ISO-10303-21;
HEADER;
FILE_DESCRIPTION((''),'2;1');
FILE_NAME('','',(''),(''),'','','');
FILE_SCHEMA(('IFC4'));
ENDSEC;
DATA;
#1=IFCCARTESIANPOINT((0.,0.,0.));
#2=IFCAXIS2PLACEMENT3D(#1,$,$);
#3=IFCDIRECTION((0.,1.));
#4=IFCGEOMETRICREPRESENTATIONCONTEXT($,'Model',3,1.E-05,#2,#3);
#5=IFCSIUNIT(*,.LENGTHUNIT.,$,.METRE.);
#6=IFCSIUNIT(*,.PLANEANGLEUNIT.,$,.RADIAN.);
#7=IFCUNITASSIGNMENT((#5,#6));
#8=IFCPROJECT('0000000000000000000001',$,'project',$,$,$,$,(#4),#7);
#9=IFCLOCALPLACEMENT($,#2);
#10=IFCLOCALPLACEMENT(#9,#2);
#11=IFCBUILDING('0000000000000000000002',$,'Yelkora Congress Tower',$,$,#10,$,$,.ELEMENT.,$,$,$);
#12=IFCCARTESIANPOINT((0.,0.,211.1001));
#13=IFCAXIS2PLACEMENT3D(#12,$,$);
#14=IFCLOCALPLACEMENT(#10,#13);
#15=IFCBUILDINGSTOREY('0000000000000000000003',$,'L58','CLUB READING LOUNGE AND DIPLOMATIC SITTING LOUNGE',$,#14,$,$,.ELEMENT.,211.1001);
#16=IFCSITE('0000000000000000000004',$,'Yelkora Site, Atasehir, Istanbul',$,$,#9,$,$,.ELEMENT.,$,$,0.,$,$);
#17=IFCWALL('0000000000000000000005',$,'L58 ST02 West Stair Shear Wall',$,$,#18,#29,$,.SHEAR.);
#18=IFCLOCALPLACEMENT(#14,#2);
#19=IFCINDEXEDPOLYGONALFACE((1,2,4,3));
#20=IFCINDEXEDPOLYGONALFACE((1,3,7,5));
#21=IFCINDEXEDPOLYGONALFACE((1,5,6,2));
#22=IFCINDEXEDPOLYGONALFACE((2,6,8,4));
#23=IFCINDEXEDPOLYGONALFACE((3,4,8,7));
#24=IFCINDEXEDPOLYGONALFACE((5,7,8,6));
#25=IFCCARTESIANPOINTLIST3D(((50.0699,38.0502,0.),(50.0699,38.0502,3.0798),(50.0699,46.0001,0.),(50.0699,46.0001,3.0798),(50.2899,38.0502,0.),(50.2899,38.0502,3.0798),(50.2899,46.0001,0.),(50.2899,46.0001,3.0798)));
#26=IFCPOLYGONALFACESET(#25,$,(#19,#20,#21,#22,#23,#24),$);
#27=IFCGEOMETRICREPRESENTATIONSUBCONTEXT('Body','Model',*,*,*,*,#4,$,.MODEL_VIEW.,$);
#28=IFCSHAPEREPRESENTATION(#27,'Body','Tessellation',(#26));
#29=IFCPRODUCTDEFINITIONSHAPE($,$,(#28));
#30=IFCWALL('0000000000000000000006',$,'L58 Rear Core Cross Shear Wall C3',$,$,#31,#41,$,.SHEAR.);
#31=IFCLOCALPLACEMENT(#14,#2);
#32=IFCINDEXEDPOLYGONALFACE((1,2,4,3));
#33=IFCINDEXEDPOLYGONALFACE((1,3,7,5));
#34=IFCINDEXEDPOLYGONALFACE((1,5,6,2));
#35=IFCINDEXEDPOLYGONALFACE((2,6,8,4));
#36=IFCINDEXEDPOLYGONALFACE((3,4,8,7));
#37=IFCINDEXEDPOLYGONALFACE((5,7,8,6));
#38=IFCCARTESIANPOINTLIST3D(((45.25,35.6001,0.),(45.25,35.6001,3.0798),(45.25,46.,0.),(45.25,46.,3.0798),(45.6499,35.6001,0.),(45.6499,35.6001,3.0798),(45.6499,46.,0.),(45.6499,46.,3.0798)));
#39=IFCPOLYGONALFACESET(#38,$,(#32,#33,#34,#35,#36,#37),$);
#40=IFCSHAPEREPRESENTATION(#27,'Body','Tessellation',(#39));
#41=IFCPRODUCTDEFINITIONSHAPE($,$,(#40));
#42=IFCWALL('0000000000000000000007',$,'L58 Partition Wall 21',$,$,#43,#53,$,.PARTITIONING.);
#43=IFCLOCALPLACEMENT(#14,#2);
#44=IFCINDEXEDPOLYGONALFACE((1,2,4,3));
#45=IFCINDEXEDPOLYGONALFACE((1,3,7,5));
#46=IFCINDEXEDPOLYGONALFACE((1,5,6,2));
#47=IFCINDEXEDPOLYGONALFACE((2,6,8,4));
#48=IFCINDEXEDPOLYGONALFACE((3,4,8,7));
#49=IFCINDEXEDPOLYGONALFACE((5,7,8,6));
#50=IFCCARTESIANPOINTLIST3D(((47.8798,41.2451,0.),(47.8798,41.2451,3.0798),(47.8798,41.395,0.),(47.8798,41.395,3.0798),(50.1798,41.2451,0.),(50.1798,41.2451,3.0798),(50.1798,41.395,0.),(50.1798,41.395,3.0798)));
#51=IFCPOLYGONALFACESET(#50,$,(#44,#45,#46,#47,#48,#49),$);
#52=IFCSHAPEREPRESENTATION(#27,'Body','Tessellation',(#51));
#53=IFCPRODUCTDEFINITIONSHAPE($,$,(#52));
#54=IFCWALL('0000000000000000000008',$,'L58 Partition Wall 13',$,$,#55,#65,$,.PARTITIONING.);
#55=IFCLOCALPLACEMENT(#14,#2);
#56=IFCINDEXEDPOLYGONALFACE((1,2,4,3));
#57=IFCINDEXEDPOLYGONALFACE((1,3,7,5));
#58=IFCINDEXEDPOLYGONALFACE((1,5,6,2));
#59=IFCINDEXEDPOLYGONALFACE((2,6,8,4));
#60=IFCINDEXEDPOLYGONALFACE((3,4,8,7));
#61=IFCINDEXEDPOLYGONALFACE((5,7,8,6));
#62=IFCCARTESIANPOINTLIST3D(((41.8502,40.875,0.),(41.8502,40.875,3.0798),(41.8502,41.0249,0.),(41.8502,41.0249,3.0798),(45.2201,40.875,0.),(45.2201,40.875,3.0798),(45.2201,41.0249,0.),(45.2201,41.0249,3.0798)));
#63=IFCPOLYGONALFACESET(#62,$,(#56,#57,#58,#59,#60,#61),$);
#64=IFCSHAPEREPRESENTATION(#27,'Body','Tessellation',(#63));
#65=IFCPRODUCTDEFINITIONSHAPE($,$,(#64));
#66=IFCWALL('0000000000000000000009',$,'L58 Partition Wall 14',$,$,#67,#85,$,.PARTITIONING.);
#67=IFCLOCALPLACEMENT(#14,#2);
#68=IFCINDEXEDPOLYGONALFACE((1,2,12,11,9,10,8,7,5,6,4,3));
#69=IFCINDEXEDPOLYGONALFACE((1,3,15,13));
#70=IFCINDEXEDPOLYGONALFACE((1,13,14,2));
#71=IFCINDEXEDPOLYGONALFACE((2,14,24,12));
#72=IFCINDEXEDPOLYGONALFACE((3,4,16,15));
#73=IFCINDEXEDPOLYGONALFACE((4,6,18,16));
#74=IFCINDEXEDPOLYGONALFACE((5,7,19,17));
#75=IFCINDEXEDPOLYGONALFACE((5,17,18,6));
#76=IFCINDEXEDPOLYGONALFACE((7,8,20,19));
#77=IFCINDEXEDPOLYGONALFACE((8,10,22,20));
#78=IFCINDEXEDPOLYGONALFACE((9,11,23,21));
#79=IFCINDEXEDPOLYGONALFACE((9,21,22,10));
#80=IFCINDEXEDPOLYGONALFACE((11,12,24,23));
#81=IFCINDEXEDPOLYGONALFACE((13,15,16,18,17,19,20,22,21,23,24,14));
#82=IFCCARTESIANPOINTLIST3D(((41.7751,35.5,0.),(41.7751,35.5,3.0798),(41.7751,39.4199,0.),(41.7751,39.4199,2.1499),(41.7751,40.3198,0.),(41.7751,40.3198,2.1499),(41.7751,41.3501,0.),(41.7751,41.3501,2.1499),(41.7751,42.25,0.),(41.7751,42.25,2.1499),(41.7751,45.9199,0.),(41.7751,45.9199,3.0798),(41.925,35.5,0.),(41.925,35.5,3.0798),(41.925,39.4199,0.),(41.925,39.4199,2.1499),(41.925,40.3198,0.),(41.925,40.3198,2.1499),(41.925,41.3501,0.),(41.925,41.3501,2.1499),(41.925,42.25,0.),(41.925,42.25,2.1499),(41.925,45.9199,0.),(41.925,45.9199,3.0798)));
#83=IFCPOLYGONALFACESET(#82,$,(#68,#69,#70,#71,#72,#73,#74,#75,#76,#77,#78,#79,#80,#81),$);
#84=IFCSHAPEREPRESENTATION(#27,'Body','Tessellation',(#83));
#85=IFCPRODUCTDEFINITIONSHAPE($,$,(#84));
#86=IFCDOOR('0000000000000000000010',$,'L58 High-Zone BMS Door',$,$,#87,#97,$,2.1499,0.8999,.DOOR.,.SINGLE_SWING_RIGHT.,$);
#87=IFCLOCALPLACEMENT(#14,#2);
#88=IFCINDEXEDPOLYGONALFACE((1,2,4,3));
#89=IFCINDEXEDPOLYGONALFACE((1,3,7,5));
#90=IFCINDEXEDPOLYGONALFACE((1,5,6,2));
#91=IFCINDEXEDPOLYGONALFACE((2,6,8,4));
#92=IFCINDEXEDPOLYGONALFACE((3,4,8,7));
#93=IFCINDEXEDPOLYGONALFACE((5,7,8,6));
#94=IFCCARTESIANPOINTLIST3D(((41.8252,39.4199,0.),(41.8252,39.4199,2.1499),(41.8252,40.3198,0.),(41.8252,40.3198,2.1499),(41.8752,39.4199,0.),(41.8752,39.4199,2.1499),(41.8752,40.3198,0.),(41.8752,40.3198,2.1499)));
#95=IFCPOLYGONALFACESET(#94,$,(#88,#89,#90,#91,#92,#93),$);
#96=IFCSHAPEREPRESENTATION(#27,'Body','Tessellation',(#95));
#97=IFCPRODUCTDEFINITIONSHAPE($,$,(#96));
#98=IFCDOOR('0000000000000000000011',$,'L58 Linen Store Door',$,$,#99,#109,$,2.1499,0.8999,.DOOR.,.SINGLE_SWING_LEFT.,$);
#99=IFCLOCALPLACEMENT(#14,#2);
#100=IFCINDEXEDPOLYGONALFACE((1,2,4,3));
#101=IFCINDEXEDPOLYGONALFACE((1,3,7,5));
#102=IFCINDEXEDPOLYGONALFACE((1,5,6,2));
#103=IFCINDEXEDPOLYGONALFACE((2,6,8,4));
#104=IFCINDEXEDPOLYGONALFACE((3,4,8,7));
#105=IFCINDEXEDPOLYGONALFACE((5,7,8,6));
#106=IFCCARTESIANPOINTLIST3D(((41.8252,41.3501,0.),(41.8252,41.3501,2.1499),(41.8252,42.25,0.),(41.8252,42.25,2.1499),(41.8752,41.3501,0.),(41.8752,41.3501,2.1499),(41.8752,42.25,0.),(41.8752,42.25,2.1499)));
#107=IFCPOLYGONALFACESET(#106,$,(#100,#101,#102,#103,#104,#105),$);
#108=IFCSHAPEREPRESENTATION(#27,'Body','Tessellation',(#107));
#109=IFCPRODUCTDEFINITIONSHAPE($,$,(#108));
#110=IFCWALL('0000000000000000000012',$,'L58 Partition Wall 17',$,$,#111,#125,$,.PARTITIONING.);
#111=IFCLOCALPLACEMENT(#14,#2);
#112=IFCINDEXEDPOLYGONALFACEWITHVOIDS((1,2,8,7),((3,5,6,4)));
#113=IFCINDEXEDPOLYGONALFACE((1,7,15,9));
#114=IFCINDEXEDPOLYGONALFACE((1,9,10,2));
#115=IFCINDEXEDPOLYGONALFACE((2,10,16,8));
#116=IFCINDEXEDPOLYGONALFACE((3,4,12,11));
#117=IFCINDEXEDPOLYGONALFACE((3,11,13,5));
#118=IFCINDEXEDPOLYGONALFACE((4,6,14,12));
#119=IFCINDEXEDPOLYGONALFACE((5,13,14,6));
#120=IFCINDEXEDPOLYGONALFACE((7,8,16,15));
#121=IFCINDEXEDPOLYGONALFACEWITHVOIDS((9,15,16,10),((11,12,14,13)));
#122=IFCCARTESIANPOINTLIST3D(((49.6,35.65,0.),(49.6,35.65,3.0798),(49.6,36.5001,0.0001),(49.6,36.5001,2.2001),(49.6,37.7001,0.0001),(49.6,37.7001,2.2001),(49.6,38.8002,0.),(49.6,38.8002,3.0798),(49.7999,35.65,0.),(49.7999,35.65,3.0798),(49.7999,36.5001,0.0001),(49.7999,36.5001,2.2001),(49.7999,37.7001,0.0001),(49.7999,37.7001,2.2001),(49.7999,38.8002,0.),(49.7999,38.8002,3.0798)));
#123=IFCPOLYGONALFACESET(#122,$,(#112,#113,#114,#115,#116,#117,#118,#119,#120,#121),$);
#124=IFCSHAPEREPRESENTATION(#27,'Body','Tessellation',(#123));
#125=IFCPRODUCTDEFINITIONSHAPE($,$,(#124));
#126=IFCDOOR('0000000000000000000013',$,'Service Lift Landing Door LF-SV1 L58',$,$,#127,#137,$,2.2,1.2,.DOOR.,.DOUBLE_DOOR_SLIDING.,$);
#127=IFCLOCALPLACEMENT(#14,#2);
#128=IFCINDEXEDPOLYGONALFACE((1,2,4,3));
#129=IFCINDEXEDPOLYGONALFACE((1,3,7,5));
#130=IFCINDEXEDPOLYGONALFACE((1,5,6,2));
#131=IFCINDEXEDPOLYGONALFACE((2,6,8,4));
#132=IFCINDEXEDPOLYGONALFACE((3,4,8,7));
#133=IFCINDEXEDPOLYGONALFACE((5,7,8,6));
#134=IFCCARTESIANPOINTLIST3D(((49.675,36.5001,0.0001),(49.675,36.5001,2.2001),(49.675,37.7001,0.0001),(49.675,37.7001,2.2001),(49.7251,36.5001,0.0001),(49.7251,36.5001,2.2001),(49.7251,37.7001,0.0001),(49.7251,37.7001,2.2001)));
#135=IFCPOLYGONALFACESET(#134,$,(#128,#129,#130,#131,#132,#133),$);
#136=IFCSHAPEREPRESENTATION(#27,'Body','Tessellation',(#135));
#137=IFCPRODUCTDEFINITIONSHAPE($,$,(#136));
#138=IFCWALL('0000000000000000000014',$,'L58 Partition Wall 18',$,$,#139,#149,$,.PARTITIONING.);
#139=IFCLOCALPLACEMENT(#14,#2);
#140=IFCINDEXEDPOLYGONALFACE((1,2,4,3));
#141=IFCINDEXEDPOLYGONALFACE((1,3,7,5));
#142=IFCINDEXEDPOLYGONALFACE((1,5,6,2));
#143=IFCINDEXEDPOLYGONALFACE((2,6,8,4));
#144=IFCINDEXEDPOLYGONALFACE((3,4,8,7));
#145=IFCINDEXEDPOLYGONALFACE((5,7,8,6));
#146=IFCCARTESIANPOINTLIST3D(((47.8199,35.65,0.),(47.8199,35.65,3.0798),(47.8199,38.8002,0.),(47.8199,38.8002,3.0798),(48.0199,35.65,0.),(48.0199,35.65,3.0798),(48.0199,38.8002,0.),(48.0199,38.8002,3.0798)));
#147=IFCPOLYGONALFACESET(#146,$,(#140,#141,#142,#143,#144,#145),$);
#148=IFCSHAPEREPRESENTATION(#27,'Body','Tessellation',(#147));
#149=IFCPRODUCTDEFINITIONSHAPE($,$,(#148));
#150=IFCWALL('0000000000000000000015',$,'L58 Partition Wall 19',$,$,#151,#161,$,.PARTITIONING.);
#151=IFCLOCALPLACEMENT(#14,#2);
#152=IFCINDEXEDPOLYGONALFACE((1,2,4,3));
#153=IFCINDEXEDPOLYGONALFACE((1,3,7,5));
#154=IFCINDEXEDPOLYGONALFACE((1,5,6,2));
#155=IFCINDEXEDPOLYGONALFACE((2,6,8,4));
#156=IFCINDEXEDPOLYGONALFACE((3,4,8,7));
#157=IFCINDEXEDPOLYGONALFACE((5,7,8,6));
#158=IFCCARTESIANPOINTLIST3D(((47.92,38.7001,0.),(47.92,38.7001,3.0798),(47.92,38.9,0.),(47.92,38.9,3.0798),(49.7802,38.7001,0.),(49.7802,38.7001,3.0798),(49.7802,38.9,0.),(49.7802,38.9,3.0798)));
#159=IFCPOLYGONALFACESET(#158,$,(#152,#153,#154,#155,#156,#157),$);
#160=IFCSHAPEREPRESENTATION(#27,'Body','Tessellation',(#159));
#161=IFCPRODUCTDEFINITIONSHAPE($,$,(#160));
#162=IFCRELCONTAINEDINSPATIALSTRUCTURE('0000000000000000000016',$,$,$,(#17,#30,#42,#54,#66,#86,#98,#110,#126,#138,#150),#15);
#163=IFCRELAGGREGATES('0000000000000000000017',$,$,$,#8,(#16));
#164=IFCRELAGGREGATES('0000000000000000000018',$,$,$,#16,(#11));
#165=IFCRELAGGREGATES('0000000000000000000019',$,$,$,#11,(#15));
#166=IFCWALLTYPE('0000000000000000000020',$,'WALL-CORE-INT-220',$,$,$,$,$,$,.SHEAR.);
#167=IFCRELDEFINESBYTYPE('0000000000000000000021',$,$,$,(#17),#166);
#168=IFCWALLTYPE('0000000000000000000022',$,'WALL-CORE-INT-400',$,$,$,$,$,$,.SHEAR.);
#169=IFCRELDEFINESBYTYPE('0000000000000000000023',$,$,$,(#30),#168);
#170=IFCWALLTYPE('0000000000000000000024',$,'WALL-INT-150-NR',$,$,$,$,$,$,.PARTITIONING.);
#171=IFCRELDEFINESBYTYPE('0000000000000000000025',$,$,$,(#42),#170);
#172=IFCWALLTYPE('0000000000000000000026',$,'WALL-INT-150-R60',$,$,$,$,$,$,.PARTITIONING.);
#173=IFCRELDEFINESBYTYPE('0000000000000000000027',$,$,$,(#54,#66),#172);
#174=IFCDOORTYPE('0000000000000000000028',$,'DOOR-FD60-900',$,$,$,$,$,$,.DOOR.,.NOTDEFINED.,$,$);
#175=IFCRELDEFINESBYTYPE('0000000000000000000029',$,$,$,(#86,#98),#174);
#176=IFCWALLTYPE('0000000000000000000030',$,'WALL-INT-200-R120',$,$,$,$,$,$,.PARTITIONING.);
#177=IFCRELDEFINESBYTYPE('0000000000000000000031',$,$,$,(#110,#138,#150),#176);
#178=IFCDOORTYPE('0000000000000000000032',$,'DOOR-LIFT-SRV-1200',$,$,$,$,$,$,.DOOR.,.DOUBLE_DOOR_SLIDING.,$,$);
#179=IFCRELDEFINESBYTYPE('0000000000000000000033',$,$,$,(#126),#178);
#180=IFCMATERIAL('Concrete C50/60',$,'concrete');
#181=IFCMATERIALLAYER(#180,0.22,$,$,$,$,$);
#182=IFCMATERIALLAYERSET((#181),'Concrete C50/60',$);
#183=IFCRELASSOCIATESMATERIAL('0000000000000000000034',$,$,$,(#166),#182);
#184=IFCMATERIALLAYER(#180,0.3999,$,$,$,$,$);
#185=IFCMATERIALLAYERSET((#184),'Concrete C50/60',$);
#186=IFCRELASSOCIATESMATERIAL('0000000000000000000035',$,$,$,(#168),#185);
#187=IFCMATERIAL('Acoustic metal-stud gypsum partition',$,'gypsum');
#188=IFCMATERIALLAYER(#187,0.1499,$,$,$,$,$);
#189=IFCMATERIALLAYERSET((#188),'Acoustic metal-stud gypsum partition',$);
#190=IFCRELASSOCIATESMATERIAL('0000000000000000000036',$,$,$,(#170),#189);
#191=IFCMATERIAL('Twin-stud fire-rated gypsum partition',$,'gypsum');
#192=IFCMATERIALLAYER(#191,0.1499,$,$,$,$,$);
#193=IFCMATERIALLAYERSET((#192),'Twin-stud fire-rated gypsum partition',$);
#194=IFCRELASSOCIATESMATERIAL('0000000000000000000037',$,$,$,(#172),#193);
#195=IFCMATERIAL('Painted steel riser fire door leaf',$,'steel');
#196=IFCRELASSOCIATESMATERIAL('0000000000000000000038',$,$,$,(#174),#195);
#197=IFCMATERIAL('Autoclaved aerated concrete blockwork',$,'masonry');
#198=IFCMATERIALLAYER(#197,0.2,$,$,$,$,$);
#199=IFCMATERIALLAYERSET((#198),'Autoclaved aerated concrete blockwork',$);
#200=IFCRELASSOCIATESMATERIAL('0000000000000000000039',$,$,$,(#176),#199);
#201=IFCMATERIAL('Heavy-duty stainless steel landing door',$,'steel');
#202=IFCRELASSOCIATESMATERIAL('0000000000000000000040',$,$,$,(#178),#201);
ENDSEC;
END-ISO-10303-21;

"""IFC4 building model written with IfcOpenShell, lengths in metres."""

from ifc_helpers import new_model, si_unit, direction, frame, frame_2d, origin, place, context, subcontext, project, spatial, rectangle, extrude, material, layer, layer_set, type_object, element, fill, save


model = new_model("IFC4")

# Units and contexts
model_context = context("Model", 3, precision=1e-05, world=origin(), true_north=direction((0.0, 1.0)))
body_context = subcontext(model_context, "Body", "Model", "MODEL_VIEW")
ifc_project = project(units=[si_unit("LENGTHUNIT", "METRE"), si_unit("PLANEANGLEUNIT", "RADIAN")], contexts=[model_context])

# Site, building, storey
site_placement = place(None, origin())
site = spatial("IfcSite", under=ifc_project, at=site_placement, Name="Yelkora Site, Atasehir, Istanbul", CompositionType="ELEMENT", RefElevation=0.0)
building_placement = place(site_placement, origin())
building = spatial("IfcBuilding", under=site, at=building_placement, Name="Yelkora Congress Tower", CompositionType="ELEMENT")
storey_placement = place(building_placement, frame((0.0, 0.0, 211.1001)))
storey = spatial("IfcBuildingStorey", under=building, at=storey_placement, Name="L58", Description="CLUB READING LOUNGE AND DIPLOMATIC SITTING LOUNGE", CompositionType="ELEMENT", Elevation=211.1001)

# Walls
ifc_material_1 = material(Name="Concrete C50/60", Category="concrete")
ifc_layer_1 = layer(ifc_material_1, 0.22)
ifc_layer_set_1 = layer_set([ifc_layer_1], Name="Concrete C50/60")
wall_type_1 = type_object("IfcWallType", Name="WALL-CORE-INT-220", PredefinedType="SHEAR", material=ifc_layer_set_1)
wall_1_placement = place(storey_placement, frame((50.1799, 38.05, 0.0), z_axis=(0.0, 0.0, 1.0), x_axis=(0.0, 1.0, 0.0)))
element("IfcWall", 1, at=wall_1_placement, inside=storey, type_object=wall_type_1, Name="L58 ST02 West Stair Shear Wall", PredefinedType="SHEAR", context=body_context, shape_type="SweptSolid", body=[
    extrude(rectangle(XDim=7.95, YDim=0.22, at=frame_2d((3.9751, 0.0))), origin(), (0.0, 0.0, 1.0), 3.0798),
])
ifc_layer_2 = layer(ifc_material_1, 0.3999)
ifc_layer_set_2 = layer_set([ifc_layer_2], Name="Concrete C50/60")
wall_type_2 = type_object("IfcWallType", Name="WALL-CORE-INT-400", PredefinedType="SHEAR", material=ifc_layer_set_2)
wall_2_placement = place(storey_placement, frame((45.45, 35.6001, 0.0), z_axis=(0.0, 0.0, 1.0), x_axis=(0.0, 1.0, 0.0)))
element("IfcWall", 2, at=wall_2_placement, inside=storey, type_object=wall_type_2, Name="L58 Rear Core Cross Shear Wall C3", PredefinedType="SHEAR", context=body_context, shape_type="SweptSolid", body=[
    extrude(rectangle(XDim=10.3999, YDim=0.3999, at=frame_2d((5.2, 0.0))), origin(), (0.0, 0.0, 1.0), 3.0798),
])
ifc_material_2 = material(Name="Acoustic metal-stud gypsum partition", Category="gypsum")
ifc_layer_3 = layer(ifc_material_2, 0.1499)
ifc_layer_set_3 = layer_set([ifc_layer_3], Name="Acoustic metal-stud gypsum partition")
wall_type_3 = type_object("IfcWallType", Name="WALL-INT-150-NR", PredefinedType="PARTITIONING", material=ifc_layer_set_3)
wall_3_placement = place(storey_placement, frame((47.8799, 41.3201, 0.0), z_axis=(0.0, 0.0, 1.0), x_axis=(1.0, 0.0, 0.0)))
element("IfcWall", 3, at=wall_3_placement, inside=storey, type_object=wall_type_3, Name="L58 Partition Wall 21", PredefinedType="PARTITIONING", context=body_context, shape_type="SweptSolid", body=[
    extrude(rectangle(XDim=2.3, YDim=0.1499, at=frame_2d((1.1499, 0.0))), origin(), (0.0, 0.0, 1.0), 3.0798),
])

# Wall
ifc_material_3 = material(Name="Twin-stud fire-rated gypsum partition", Category="gypsum")
ifc_layer_4 = layer(ifc_material_3, 0.1499)
ifc_layer_set_4 = layer_set([ifc_layer_4], Name="Twin-stud fire-rated gypsum partition")
wall_type_4 = type_object("IfcWallType", Name="WALL-INT-150-R60", PredefinedType="PARTITIONING", material=ifc_layer_set_4)
wall_4_placement = place(storey_placement, frame((41.8501, 40.95, 0.0), z_axis=(0.0, 0.0, 1.0), x_axis=(1.0, 0.0, 0.0)))
element("IfcWall", 4, at=wall_4_placement, inside=storey, type_object=wall_type_4, Name="L58 Partition Wall 13", PredefinedType="PARTITIONING", context=body_context, shape_type="SweptSolid", body=[
    extrude(rectangle(XDim=3.3699, YDim=0.1499, at=frame_2d((1.6851, 0.0))), origin(), (0.0, 0.0, 1.0), 3.0798),
])

# Wall, openings, doors
wall_5_placement = place(storey_placement, frame((41.8501, 35.5, 0.0), z_axis=(0.0, 0.0, 1.0), x_axis=(0.0, 1.0, 0.0)))
wall_5 = element("IfcWall", 5, at=wall_5_placement, inside=storey, type_object=wall_type_4, Name="L58 Partition Wall 14", PredefinedType="PARTITIONING", context=body_context, shape_type="SweptSolid", body=[
    extrude(rectangle(XDim=10.4199, YDim=0.1499, at=frame_2d((5.21, 0.0))), origin(), (0.0, 0.0, 1.0), 3.0798),
])
opening_1_placement = place(wall_5_placement, frame((3.9199, 0.0, 0.0)))
opening_1 = element("IfcOpeningElement", 6, at=opening_1_placement, cuts=wall_5, PredefinedType="OPENING", context=body_context, shape_type="SweptSolid", body=[
    extrude(rectangle(XDim=0.8999, YDim=2.1499, at=frame_2d((0.45, 1.075))), frame((0.0, 0.085, 0.0), z_axis=(0.0, -1.0, 0.0), x_axis=(1.0, 0.0, 0.0)), (0.0, 0.0, 1.0), 0.1699),
])
opening_2_placement = place(wall_5_placement, frame((5.8501, 0.0, 0.0)))
opening_2 = element("IfcOpeningElement", 7, at=opening_2_placement, cuts=wall_5, PredefinedType="OPENING", context=body_context, shape_type="SweptSolid", body=[
    extrude(rectangle(XDim=0.8999, YDim=2.1499, at=frame_2d((0.45, 1.075))), frame((0.0, 0.085, 0.0), z_axis=(0.0, -1.0, 0.0), x_axis=(1.0, 0.0, 0.0)), (0.0, 0.0, 1.0), 0.1699),
])
ifc_material_4 = material(Name="Painted steel riser fire door leaf", Category="steel")
door_type_1 = type_object("IfcDoorType", Name="DOOR-FD60-900", OperationType="NOTDEFINED", PredefinedType="DOOR", material=ifc_material_4)
door_1_placement = place(opening_1_placement, origin())
door_1 = element("IfcDoor", 8, at=door_1_placement, inside=storey, type_object=door_type_1, Name="L58 High-Zone BMS Door", OperationType="SINGLE_SWING_RIGHT", OverallHeight=2.1499, OverallWidth=0.8999, PredefinedType="DOOR", context=body_context, shape_type="SweptSolid", body=[
    extrude(rectangle(XDim=0.8999, YDim=2.1499, at=frame_2d((0.45, 1.075))), frame((0.0, 0.0249, 0.0), z_axis=(0.0, -1.0, 0.0), x_axis=(1.0, 0.0, 0.0)), (0.0, 0.0, 1.0), 0.05),
])
fill(opening_1, door_1)
door_2_placement = place(opening_2_placement, origin())
door_2 = element("IfcDoor", 9, at=door_2_placement, inside=storey, type_object=door_type_1, Name="L58 Linen Store Door", OperationType="SINGLE_SWING_LEFT", OverallHeight=2.1499, OverallWidth=0.8999, PredefinedType="DOOR", context=body_context, shape_type="SweptSolid", body=[
    extrude(rectangle(XDim=0.8999, YDim=2.1499, at=frame_2d((0.45, 1.075))), frame((0.0, 0.0249, 0.0), z_axis=(0.0, -1.0, 0.0), x_axis=(1.0, 0.0, 0.0)), (0.0, 0.0, 1.0), 0.05),
])
fill(opening_2, door_2)

# Wall, opening, door
ifc_material_5 = material(Name="Autoclaved aerated concrete blockwork", Category="masonry")
ifc_layer_5 = layer(ifc_material_5, 0.2)
ifc_layer_set_5 = layer_set([ifc_layer_5], Name="Autoclaved aerated concrete blockwork")
wall_type_5 = type_object("IfcWallType", Name="WALL-INT-200-R120", PredefinedType="PARTITIONING", material=ifc_layer_set_5)
wall_6_placement = place(storey_placement, frame((49.7, 35.6499, 0.0), z_axis=(0.0, 0.0, 1.0), x_axis=(0.0, 1.0, 0.0)))
wall_6 = element("IfcWall", 10, at=wall_6_placement, inside=storey, type_object=wall_type_5, Name="L58 Partition Wall 17", PredefinedType="PARTITIONING", context=body_context, shape_type="SweptSolid", body=[
    extrude(rectangle(XDim=3.1501, YDim=0.2, at=frame_2d((1.5752, 0.0))), origin(), (0.0, 0.0, 1.0), 3.0798),
])
opening_3_placement = place(wall_6_placement, frame((0.8501, 0.0, 0.0)))
opening_3 = element("IfcOpeningElement", 11, at=opening_3_placement, cuts=wall_6, PredefinedType="OPENING", context=body_context, shape_type="SweptSolid", body=[
    extrude(rectangle(XDim=1.2, YDim=2.2, at=frame_2d((0.6001, 1.1001))), frame((0.0, 0.1099, 0.0), z_axis=(0.0, -1.0, 0.0), x_axis=(1.0, 0.0, 0.0)), (0.0, 0.0, 1.0), 0.22),
])
ifc_material_6 = material(Name="Heavy-duty stainless steel landing door", Category="steel")
door_type_2 = type_object("IfcDoorType", Name="DOOR-LIFT-SRV-1200", OperationType="DOUBLE_DOOR_SLIDING", PredefinedType="DOOR", material=ifc_material_6)
door_3_placement = place(opening_3_placement, origin())
door_3 = element("IfcDoor", 12, at=door_3_placement, inside=storey, type_object=door_type_2, Name="Service Lift Landing Door LF-SV1 L58", OperationType="DOUBLE_DOOR_SLIDING", OverallHeight=2.2, OverallWidth=1.2, PredefinedType="DOOR", context=body_context, shape_type="SweptSolid", body=[
    extrude(rectangle(XDim=1.2, YDim=2.2, at=frame_2d((0.6001, 1.1001))), frame((0.0, 0.0249, 0.0), z_axis=(0.0, -1.0, 0.0), x_axis=(1.0, 0.0, 0.0)), (0.0, 0.0, 1.0), 0.05),
])
fill(opening_3, door_3)

# Walls
wall_7_placement = place(storey_placement, frame((47.9199, 35.6499, 0.0), z_axis=(0.0, 0.0, 1.0), x_axis=(0.0, 1.0, 0.0)))
element("IfcWall", 13, at=wall_7_placement, inside=storey, type_object=wall_type_5, Name="L58 Partition Wall 18", PredefinedType="PARTITIONING", context=body_context, shape_type="SweptSolid", body=[
    extrude(rectangle(XDim=3.1501, YDim=0.2, at=frame_2d((1.5752, 0.0))), origin(), (0.0, 0.0, 1.0), 3.0798),
])
wall_8_placement = place(storey_placement, frame((47.9199, 38.8, 0.0), z_axis=(0.0, 0.0, 1.0), x_axis=(1.0, 0.0, 0.0)))
element("IfcWall", 14, at=wall_8_placement, inside=storey, type_object=wall_type_5, Name="L58 Partition Wall 19", PredefinedType="PARTITIONING", context=body_context, shape_type="SweptSolid", body=[
    extrude(rectangle(XDim=1.8601, YDim=0.2, at=frame_2d((0.9302, 0.0))), origin(), (0.0, 0.0, 1.0), 3.0798),
])

save(model, "model.ifc")
